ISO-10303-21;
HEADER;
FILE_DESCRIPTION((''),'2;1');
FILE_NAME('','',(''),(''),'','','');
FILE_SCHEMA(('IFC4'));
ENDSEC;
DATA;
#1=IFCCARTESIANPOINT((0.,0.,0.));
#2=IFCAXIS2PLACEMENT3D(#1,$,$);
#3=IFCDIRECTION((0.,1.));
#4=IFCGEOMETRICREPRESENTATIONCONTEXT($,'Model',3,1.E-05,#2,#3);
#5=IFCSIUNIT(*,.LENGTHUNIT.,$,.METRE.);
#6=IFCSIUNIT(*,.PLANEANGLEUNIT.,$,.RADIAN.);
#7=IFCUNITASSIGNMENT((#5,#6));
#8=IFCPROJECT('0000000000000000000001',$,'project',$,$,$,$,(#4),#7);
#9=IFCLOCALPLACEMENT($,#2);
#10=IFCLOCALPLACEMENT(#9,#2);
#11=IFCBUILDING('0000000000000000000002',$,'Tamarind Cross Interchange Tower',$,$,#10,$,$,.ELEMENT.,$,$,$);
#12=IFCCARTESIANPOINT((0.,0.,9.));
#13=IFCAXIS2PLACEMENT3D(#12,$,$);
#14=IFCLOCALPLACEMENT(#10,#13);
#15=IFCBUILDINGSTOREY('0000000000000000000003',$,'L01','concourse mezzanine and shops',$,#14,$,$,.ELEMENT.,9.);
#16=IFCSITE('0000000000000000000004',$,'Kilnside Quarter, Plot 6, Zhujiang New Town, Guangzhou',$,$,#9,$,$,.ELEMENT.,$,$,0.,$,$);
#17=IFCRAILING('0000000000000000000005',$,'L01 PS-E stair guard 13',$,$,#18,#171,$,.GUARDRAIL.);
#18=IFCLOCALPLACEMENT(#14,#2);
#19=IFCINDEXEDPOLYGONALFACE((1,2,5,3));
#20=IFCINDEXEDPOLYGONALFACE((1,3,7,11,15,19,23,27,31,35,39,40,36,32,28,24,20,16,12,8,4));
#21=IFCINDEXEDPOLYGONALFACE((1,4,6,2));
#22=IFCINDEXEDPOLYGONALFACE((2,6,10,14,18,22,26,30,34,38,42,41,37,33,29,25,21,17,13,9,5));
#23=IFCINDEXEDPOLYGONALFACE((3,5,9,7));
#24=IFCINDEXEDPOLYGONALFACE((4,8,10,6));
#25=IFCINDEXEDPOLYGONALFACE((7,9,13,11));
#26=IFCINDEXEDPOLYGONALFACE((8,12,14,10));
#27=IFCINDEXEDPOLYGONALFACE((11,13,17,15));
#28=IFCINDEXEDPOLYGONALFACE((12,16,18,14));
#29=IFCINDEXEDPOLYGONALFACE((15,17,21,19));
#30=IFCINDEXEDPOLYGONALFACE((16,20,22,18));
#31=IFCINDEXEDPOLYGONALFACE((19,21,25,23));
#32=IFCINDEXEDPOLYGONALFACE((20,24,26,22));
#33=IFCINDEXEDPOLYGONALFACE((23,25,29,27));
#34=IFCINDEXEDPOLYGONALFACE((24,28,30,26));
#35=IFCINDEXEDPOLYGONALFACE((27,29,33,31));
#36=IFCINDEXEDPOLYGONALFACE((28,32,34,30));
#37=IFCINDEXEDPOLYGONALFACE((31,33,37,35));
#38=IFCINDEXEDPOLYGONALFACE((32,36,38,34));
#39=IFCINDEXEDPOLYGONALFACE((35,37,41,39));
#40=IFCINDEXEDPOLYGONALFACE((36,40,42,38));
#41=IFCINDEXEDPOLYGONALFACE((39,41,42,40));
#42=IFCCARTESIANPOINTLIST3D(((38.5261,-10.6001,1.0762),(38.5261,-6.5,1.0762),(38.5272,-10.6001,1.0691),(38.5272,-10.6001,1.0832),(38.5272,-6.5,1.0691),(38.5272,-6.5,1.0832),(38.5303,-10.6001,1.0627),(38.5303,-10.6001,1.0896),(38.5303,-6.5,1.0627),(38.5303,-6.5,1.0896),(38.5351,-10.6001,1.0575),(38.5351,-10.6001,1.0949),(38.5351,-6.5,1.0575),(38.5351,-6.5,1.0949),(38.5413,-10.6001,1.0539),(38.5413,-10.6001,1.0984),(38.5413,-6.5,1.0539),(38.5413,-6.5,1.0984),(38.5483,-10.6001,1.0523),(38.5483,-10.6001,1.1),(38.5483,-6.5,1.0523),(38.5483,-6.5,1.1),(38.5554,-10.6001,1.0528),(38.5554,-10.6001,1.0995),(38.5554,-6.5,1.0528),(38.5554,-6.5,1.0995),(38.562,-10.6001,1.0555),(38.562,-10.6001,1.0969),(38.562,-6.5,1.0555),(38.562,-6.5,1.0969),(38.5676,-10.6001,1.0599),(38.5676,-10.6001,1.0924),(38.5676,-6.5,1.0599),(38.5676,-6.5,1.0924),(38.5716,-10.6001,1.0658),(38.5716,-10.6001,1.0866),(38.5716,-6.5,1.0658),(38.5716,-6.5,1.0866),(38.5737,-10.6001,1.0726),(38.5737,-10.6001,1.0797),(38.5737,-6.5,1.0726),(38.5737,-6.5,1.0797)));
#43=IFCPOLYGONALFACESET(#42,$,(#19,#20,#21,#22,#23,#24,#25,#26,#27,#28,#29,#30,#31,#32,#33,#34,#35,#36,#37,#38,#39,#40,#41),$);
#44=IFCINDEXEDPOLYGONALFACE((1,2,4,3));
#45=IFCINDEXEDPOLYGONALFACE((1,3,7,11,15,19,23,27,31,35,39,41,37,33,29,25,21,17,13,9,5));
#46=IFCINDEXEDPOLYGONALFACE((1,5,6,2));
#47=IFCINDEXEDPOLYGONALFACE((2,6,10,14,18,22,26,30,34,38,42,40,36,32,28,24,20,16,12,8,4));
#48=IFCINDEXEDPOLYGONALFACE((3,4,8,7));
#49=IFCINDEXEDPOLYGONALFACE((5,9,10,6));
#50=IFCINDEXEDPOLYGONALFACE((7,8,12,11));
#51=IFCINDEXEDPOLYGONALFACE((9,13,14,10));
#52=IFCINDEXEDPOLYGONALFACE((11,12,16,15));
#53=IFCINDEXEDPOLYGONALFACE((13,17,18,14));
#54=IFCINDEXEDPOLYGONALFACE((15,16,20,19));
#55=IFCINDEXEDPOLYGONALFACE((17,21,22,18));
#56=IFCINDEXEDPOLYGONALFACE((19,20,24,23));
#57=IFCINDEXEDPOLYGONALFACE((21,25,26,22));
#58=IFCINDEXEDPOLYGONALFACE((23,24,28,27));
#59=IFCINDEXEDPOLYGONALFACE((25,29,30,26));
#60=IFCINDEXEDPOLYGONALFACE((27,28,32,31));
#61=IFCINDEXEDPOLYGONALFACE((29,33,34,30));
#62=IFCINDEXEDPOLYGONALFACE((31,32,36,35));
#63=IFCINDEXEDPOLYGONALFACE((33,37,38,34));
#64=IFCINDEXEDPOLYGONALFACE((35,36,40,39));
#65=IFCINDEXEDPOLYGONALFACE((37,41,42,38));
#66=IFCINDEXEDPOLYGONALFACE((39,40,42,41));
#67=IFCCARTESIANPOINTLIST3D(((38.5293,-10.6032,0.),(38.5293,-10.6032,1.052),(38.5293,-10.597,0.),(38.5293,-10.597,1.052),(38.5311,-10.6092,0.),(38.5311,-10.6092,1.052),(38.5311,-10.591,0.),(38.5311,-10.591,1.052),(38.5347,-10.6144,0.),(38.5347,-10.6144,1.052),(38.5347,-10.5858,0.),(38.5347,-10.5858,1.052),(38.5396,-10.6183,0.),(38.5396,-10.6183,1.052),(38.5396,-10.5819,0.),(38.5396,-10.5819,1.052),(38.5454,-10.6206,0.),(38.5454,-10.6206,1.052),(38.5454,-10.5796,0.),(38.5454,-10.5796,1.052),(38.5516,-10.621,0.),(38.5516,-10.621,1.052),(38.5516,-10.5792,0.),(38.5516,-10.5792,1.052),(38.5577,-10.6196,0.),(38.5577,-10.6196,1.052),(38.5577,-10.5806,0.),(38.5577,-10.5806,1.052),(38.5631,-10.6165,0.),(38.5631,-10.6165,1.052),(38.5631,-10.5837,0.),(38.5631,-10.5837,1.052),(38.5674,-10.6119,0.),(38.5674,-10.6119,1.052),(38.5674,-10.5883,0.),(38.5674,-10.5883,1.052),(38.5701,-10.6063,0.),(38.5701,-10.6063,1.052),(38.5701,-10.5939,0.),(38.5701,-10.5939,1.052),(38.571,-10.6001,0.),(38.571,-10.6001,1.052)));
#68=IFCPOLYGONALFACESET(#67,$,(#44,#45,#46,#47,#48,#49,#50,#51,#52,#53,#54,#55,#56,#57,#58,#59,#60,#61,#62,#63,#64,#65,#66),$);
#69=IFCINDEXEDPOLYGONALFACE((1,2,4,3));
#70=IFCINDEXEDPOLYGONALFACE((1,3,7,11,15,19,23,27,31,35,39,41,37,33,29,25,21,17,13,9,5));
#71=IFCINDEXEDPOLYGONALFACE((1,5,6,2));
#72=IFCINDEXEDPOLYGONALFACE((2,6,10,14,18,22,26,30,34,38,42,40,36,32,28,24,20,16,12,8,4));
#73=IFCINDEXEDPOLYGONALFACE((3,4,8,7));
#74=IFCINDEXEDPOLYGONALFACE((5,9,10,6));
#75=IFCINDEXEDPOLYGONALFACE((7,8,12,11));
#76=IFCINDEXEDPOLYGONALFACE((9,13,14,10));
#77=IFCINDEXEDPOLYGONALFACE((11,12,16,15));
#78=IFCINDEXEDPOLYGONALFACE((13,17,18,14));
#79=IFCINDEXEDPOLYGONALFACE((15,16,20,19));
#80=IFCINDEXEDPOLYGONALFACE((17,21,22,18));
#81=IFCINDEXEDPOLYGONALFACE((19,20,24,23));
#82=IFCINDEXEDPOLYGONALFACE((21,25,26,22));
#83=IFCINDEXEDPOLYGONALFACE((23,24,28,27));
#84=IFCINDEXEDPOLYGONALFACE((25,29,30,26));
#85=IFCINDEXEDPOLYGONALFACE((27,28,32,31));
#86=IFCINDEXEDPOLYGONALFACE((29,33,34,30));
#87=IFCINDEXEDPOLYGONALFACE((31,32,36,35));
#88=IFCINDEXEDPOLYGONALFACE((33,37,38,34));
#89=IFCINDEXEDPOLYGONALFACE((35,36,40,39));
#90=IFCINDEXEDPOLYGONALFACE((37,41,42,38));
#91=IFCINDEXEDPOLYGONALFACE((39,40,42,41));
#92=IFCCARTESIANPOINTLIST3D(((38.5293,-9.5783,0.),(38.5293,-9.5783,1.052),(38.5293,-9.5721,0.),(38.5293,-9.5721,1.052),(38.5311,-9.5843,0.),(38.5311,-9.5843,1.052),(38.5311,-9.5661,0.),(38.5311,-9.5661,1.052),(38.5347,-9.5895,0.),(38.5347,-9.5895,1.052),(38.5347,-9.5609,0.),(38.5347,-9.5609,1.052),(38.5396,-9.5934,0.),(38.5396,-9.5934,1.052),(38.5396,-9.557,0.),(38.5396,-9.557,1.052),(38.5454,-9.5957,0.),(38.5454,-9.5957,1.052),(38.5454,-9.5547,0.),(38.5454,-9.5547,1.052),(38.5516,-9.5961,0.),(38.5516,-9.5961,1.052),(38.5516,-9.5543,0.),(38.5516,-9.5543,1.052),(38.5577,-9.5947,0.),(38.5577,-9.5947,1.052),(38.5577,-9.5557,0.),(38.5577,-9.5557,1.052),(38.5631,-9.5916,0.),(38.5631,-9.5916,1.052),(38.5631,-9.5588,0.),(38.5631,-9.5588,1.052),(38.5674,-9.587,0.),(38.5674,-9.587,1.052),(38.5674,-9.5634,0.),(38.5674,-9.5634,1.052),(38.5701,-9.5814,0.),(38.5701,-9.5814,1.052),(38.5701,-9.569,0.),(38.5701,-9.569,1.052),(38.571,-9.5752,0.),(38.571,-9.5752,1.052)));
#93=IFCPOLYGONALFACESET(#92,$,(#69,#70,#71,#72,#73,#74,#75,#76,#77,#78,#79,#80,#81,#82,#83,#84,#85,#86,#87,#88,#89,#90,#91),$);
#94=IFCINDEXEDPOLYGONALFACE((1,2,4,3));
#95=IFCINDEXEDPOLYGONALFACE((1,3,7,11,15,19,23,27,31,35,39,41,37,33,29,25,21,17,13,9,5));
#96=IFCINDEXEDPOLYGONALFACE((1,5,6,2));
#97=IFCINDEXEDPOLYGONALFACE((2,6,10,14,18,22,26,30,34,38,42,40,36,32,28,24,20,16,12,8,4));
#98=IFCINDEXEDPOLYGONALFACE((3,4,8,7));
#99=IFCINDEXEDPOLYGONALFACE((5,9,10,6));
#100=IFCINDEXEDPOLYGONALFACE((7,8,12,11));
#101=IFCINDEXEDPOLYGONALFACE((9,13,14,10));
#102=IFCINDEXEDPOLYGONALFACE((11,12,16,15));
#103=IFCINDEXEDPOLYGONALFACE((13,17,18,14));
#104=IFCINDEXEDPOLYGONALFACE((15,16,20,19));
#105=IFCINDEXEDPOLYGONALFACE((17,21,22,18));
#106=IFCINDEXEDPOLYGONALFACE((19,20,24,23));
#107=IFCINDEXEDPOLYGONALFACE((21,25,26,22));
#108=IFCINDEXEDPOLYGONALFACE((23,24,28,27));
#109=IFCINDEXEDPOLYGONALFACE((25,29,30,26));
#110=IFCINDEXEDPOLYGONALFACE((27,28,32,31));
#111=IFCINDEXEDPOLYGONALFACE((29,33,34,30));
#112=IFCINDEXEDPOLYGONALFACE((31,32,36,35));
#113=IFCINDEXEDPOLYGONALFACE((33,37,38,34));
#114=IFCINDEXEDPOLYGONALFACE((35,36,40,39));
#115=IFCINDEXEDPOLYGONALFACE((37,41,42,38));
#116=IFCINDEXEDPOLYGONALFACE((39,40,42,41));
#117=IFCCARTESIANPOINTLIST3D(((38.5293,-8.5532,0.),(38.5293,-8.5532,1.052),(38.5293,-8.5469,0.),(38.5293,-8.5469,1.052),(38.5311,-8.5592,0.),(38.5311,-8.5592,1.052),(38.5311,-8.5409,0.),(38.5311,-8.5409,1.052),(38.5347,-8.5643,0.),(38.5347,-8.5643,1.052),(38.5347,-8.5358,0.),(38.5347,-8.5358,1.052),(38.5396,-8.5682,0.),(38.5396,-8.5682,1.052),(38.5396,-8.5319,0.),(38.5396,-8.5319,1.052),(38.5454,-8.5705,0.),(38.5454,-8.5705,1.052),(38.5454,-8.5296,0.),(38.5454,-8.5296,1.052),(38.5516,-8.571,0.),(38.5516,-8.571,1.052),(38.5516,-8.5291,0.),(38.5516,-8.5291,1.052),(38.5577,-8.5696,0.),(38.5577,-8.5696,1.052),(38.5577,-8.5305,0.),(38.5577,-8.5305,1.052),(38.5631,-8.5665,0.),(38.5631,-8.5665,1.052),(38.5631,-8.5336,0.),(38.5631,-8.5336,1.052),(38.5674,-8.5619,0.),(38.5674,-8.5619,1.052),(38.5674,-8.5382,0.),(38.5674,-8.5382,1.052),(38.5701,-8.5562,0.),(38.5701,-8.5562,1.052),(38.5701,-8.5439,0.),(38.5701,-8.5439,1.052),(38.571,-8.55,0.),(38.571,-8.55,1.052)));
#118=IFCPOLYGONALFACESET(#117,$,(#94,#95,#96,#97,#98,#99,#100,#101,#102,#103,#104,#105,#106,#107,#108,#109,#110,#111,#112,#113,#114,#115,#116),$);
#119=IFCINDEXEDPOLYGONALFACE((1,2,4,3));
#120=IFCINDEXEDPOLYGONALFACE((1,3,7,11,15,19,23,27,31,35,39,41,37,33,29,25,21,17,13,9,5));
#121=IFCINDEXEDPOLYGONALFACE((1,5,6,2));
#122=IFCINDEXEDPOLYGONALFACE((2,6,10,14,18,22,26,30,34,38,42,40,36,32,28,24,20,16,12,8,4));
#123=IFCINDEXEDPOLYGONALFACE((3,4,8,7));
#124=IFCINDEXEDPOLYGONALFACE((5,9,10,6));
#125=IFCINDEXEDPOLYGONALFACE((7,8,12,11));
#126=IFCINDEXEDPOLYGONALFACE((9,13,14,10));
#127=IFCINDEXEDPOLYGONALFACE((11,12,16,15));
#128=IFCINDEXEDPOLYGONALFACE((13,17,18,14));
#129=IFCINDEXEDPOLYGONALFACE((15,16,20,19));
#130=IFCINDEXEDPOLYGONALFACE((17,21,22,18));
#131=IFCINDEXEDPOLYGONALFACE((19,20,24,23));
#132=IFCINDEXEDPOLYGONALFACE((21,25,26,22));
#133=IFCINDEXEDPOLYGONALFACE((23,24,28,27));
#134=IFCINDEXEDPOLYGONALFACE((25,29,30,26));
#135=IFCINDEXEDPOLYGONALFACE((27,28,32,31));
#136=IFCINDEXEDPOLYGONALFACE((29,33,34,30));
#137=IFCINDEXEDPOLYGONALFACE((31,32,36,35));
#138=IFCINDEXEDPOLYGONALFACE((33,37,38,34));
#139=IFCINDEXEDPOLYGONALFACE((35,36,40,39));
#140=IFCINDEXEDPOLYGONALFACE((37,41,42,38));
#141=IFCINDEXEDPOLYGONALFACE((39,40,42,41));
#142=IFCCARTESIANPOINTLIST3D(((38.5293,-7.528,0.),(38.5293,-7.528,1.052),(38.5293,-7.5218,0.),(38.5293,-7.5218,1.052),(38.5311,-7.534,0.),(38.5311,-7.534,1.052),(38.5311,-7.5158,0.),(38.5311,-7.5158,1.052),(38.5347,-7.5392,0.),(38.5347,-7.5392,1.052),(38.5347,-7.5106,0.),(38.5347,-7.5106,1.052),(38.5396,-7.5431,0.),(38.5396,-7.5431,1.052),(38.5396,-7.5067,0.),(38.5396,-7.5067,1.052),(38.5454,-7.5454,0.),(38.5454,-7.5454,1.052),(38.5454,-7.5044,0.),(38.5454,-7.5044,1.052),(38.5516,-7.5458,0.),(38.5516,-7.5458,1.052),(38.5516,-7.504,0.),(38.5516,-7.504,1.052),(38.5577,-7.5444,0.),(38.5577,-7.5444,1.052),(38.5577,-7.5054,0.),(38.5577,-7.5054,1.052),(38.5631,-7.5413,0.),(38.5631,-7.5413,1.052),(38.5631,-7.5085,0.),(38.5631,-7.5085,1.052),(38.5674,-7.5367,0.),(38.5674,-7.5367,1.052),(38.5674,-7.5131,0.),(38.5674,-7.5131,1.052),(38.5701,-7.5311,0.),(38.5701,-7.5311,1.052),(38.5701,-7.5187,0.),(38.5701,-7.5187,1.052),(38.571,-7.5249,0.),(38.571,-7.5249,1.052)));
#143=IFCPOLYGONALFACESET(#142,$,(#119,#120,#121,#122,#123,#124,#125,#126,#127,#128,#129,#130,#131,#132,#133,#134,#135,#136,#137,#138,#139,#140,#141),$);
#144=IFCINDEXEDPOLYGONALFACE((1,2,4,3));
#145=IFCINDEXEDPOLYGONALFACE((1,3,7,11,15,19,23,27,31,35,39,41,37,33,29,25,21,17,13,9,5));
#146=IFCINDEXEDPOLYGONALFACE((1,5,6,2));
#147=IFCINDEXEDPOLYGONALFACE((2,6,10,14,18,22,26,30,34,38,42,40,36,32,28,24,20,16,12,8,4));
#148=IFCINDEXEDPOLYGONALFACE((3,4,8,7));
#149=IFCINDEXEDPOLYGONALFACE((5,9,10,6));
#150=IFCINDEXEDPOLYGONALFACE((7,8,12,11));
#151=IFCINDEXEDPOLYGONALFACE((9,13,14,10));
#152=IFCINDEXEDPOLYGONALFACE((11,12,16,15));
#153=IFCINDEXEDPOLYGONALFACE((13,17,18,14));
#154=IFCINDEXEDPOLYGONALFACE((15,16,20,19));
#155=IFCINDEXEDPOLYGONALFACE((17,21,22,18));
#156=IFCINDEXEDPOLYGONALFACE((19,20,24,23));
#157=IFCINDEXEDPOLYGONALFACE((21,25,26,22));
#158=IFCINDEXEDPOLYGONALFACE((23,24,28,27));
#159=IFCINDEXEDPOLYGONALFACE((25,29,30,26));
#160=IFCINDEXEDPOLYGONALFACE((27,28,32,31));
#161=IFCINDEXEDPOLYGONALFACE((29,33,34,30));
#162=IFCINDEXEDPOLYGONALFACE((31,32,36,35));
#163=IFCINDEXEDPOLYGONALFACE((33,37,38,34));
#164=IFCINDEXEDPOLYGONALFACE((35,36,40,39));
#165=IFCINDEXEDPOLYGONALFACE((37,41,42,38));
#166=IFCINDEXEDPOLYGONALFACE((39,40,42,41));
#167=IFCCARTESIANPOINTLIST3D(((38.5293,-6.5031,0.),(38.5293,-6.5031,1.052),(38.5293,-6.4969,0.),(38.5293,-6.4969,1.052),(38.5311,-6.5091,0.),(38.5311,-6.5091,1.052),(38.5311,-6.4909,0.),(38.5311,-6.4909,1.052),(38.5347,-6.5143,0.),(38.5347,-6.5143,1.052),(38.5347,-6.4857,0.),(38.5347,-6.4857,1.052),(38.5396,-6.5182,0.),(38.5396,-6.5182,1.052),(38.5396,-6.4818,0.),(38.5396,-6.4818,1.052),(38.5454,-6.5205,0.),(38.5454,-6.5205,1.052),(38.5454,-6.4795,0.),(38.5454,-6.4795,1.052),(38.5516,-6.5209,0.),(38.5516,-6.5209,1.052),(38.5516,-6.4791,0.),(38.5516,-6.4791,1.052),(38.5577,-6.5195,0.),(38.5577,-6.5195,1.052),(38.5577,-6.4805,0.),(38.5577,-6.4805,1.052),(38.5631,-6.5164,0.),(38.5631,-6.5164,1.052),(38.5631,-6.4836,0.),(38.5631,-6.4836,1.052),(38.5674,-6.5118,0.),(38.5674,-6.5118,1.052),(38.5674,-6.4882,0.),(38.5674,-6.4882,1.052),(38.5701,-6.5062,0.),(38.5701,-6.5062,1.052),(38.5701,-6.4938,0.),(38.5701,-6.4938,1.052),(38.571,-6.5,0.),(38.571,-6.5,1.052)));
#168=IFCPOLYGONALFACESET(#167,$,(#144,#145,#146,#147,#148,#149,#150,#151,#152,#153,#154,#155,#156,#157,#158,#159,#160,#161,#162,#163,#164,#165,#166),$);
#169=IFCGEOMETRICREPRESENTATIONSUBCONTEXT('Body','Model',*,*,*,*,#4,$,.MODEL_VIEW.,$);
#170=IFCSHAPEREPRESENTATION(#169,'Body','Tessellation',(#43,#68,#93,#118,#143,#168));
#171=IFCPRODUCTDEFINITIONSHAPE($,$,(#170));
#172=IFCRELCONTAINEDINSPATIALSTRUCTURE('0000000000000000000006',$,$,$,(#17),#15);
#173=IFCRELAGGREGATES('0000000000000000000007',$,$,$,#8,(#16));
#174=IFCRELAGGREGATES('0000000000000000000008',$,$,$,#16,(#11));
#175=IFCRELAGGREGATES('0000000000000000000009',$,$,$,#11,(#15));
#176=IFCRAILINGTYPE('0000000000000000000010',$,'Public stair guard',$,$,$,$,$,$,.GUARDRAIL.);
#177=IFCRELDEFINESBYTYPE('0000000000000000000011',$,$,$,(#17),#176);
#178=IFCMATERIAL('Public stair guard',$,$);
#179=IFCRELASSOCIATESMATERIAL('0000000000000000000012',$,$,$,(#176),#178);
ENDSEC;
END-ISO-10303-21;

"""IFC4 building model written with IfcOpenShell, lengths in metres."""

from ifc_helpers import new_model, si_unit, direction, frame, origin, origin_2d, place, context, subcontext, project, spatial, circle, extrude, material, type_object, element, save


model = new_model("IFC4")

# Units and contexts
model_context = context("Model", 3, precision=1e-05, world=origin(), true_north=direction((0.0, 1.0)))
body_context = subcontext(model_context, "Body", "Model", "MODEL_VIEW")
ifc_project = project(units=[si_unit("LENGTHUNIT", "METRE"), si_unit("PLANEANGLEUNIT", "RADIAN")], contexts=[model_context])

# Site, building, storey
site_placement = place(None, origin())
site = spatial("IfcSite", under=ifc_project, at=site_placement, Name="Kilnside Quarter, Plot 6, Zhujiang New Town, Guangzhou", CompositionType="ELEMENT", RefElevation=0.0)
building_placement = place(site_placement, origin())
building = spatial("IfcBuilding", under=site, at=building_placement, Name="Tamarind Cross Interchange Tower", CompositionType="ELEMENT")
storey_placement = place(building_placement, frame((0.0, 0.0, 9.0)))
storey = spatial("IfcBuildingStorey", under=building, at=storey_placement, Name="L01", Description="concourse mezzanine and shops", CompositionType="ELEMENT", Elevation=9.0)

# Railing
ifc_material_1 = material(Name="Public stair guard")
railing_type_1 = type_object("IfcRailingType", Name="Public stair guard", PredefinedType="GUARDRAIL", material=ifc_material_1)
railing_1_placement = place(storey_placement, frame((38.55, -10.6001, 0.0)))
element("IfcRailing", 1, at=railing_1_placement, inside=storey, type_object=railing_type_1, Name="L01 PS-E stair guard 13", PredefinedType="GUARDRAIL", context=body_context, shape_type="SweptSolid", body=[
    extrude(circle(Radius=0.0239, at=origin_2d()), frame((0.0, 0.0, 1.0762), z_axis=(0.0, 1.0, 0.0), x_axis=(-1.0, 0.0, 0.0)), (0.0, 0.0, 1.0), 4.1001),
    extrude(circle(Radius=0.021, at=origin_2d()), origin(), (0.0, 0.0, 1.0), 1.052),
    extrude(circle(Radius=0.021, at=origin_2d()), frame((0.0, 1.0249, 0.0)), (0.0, 0.0, 1.0), 1.052),
    extrude(circle(Radius=0.021, at=origin_2d()), frame((0.0, 2.05, 0.0)), (0.0, 0.0, 1.0), 1.052),
    extrude(circle(Radius=0.021, at=origin_2d()), frame((0.0, 3.0752, 0.0)), (0.0, 0.0, 1.0), 1.052),
    extrude(circle(Radius=0.021, at=origin_2d()), frame((0.0, 4.1001, 0.0)), (0.0, 0.0, 1.0), 1.052),
])

save(model, "model.ifc")
